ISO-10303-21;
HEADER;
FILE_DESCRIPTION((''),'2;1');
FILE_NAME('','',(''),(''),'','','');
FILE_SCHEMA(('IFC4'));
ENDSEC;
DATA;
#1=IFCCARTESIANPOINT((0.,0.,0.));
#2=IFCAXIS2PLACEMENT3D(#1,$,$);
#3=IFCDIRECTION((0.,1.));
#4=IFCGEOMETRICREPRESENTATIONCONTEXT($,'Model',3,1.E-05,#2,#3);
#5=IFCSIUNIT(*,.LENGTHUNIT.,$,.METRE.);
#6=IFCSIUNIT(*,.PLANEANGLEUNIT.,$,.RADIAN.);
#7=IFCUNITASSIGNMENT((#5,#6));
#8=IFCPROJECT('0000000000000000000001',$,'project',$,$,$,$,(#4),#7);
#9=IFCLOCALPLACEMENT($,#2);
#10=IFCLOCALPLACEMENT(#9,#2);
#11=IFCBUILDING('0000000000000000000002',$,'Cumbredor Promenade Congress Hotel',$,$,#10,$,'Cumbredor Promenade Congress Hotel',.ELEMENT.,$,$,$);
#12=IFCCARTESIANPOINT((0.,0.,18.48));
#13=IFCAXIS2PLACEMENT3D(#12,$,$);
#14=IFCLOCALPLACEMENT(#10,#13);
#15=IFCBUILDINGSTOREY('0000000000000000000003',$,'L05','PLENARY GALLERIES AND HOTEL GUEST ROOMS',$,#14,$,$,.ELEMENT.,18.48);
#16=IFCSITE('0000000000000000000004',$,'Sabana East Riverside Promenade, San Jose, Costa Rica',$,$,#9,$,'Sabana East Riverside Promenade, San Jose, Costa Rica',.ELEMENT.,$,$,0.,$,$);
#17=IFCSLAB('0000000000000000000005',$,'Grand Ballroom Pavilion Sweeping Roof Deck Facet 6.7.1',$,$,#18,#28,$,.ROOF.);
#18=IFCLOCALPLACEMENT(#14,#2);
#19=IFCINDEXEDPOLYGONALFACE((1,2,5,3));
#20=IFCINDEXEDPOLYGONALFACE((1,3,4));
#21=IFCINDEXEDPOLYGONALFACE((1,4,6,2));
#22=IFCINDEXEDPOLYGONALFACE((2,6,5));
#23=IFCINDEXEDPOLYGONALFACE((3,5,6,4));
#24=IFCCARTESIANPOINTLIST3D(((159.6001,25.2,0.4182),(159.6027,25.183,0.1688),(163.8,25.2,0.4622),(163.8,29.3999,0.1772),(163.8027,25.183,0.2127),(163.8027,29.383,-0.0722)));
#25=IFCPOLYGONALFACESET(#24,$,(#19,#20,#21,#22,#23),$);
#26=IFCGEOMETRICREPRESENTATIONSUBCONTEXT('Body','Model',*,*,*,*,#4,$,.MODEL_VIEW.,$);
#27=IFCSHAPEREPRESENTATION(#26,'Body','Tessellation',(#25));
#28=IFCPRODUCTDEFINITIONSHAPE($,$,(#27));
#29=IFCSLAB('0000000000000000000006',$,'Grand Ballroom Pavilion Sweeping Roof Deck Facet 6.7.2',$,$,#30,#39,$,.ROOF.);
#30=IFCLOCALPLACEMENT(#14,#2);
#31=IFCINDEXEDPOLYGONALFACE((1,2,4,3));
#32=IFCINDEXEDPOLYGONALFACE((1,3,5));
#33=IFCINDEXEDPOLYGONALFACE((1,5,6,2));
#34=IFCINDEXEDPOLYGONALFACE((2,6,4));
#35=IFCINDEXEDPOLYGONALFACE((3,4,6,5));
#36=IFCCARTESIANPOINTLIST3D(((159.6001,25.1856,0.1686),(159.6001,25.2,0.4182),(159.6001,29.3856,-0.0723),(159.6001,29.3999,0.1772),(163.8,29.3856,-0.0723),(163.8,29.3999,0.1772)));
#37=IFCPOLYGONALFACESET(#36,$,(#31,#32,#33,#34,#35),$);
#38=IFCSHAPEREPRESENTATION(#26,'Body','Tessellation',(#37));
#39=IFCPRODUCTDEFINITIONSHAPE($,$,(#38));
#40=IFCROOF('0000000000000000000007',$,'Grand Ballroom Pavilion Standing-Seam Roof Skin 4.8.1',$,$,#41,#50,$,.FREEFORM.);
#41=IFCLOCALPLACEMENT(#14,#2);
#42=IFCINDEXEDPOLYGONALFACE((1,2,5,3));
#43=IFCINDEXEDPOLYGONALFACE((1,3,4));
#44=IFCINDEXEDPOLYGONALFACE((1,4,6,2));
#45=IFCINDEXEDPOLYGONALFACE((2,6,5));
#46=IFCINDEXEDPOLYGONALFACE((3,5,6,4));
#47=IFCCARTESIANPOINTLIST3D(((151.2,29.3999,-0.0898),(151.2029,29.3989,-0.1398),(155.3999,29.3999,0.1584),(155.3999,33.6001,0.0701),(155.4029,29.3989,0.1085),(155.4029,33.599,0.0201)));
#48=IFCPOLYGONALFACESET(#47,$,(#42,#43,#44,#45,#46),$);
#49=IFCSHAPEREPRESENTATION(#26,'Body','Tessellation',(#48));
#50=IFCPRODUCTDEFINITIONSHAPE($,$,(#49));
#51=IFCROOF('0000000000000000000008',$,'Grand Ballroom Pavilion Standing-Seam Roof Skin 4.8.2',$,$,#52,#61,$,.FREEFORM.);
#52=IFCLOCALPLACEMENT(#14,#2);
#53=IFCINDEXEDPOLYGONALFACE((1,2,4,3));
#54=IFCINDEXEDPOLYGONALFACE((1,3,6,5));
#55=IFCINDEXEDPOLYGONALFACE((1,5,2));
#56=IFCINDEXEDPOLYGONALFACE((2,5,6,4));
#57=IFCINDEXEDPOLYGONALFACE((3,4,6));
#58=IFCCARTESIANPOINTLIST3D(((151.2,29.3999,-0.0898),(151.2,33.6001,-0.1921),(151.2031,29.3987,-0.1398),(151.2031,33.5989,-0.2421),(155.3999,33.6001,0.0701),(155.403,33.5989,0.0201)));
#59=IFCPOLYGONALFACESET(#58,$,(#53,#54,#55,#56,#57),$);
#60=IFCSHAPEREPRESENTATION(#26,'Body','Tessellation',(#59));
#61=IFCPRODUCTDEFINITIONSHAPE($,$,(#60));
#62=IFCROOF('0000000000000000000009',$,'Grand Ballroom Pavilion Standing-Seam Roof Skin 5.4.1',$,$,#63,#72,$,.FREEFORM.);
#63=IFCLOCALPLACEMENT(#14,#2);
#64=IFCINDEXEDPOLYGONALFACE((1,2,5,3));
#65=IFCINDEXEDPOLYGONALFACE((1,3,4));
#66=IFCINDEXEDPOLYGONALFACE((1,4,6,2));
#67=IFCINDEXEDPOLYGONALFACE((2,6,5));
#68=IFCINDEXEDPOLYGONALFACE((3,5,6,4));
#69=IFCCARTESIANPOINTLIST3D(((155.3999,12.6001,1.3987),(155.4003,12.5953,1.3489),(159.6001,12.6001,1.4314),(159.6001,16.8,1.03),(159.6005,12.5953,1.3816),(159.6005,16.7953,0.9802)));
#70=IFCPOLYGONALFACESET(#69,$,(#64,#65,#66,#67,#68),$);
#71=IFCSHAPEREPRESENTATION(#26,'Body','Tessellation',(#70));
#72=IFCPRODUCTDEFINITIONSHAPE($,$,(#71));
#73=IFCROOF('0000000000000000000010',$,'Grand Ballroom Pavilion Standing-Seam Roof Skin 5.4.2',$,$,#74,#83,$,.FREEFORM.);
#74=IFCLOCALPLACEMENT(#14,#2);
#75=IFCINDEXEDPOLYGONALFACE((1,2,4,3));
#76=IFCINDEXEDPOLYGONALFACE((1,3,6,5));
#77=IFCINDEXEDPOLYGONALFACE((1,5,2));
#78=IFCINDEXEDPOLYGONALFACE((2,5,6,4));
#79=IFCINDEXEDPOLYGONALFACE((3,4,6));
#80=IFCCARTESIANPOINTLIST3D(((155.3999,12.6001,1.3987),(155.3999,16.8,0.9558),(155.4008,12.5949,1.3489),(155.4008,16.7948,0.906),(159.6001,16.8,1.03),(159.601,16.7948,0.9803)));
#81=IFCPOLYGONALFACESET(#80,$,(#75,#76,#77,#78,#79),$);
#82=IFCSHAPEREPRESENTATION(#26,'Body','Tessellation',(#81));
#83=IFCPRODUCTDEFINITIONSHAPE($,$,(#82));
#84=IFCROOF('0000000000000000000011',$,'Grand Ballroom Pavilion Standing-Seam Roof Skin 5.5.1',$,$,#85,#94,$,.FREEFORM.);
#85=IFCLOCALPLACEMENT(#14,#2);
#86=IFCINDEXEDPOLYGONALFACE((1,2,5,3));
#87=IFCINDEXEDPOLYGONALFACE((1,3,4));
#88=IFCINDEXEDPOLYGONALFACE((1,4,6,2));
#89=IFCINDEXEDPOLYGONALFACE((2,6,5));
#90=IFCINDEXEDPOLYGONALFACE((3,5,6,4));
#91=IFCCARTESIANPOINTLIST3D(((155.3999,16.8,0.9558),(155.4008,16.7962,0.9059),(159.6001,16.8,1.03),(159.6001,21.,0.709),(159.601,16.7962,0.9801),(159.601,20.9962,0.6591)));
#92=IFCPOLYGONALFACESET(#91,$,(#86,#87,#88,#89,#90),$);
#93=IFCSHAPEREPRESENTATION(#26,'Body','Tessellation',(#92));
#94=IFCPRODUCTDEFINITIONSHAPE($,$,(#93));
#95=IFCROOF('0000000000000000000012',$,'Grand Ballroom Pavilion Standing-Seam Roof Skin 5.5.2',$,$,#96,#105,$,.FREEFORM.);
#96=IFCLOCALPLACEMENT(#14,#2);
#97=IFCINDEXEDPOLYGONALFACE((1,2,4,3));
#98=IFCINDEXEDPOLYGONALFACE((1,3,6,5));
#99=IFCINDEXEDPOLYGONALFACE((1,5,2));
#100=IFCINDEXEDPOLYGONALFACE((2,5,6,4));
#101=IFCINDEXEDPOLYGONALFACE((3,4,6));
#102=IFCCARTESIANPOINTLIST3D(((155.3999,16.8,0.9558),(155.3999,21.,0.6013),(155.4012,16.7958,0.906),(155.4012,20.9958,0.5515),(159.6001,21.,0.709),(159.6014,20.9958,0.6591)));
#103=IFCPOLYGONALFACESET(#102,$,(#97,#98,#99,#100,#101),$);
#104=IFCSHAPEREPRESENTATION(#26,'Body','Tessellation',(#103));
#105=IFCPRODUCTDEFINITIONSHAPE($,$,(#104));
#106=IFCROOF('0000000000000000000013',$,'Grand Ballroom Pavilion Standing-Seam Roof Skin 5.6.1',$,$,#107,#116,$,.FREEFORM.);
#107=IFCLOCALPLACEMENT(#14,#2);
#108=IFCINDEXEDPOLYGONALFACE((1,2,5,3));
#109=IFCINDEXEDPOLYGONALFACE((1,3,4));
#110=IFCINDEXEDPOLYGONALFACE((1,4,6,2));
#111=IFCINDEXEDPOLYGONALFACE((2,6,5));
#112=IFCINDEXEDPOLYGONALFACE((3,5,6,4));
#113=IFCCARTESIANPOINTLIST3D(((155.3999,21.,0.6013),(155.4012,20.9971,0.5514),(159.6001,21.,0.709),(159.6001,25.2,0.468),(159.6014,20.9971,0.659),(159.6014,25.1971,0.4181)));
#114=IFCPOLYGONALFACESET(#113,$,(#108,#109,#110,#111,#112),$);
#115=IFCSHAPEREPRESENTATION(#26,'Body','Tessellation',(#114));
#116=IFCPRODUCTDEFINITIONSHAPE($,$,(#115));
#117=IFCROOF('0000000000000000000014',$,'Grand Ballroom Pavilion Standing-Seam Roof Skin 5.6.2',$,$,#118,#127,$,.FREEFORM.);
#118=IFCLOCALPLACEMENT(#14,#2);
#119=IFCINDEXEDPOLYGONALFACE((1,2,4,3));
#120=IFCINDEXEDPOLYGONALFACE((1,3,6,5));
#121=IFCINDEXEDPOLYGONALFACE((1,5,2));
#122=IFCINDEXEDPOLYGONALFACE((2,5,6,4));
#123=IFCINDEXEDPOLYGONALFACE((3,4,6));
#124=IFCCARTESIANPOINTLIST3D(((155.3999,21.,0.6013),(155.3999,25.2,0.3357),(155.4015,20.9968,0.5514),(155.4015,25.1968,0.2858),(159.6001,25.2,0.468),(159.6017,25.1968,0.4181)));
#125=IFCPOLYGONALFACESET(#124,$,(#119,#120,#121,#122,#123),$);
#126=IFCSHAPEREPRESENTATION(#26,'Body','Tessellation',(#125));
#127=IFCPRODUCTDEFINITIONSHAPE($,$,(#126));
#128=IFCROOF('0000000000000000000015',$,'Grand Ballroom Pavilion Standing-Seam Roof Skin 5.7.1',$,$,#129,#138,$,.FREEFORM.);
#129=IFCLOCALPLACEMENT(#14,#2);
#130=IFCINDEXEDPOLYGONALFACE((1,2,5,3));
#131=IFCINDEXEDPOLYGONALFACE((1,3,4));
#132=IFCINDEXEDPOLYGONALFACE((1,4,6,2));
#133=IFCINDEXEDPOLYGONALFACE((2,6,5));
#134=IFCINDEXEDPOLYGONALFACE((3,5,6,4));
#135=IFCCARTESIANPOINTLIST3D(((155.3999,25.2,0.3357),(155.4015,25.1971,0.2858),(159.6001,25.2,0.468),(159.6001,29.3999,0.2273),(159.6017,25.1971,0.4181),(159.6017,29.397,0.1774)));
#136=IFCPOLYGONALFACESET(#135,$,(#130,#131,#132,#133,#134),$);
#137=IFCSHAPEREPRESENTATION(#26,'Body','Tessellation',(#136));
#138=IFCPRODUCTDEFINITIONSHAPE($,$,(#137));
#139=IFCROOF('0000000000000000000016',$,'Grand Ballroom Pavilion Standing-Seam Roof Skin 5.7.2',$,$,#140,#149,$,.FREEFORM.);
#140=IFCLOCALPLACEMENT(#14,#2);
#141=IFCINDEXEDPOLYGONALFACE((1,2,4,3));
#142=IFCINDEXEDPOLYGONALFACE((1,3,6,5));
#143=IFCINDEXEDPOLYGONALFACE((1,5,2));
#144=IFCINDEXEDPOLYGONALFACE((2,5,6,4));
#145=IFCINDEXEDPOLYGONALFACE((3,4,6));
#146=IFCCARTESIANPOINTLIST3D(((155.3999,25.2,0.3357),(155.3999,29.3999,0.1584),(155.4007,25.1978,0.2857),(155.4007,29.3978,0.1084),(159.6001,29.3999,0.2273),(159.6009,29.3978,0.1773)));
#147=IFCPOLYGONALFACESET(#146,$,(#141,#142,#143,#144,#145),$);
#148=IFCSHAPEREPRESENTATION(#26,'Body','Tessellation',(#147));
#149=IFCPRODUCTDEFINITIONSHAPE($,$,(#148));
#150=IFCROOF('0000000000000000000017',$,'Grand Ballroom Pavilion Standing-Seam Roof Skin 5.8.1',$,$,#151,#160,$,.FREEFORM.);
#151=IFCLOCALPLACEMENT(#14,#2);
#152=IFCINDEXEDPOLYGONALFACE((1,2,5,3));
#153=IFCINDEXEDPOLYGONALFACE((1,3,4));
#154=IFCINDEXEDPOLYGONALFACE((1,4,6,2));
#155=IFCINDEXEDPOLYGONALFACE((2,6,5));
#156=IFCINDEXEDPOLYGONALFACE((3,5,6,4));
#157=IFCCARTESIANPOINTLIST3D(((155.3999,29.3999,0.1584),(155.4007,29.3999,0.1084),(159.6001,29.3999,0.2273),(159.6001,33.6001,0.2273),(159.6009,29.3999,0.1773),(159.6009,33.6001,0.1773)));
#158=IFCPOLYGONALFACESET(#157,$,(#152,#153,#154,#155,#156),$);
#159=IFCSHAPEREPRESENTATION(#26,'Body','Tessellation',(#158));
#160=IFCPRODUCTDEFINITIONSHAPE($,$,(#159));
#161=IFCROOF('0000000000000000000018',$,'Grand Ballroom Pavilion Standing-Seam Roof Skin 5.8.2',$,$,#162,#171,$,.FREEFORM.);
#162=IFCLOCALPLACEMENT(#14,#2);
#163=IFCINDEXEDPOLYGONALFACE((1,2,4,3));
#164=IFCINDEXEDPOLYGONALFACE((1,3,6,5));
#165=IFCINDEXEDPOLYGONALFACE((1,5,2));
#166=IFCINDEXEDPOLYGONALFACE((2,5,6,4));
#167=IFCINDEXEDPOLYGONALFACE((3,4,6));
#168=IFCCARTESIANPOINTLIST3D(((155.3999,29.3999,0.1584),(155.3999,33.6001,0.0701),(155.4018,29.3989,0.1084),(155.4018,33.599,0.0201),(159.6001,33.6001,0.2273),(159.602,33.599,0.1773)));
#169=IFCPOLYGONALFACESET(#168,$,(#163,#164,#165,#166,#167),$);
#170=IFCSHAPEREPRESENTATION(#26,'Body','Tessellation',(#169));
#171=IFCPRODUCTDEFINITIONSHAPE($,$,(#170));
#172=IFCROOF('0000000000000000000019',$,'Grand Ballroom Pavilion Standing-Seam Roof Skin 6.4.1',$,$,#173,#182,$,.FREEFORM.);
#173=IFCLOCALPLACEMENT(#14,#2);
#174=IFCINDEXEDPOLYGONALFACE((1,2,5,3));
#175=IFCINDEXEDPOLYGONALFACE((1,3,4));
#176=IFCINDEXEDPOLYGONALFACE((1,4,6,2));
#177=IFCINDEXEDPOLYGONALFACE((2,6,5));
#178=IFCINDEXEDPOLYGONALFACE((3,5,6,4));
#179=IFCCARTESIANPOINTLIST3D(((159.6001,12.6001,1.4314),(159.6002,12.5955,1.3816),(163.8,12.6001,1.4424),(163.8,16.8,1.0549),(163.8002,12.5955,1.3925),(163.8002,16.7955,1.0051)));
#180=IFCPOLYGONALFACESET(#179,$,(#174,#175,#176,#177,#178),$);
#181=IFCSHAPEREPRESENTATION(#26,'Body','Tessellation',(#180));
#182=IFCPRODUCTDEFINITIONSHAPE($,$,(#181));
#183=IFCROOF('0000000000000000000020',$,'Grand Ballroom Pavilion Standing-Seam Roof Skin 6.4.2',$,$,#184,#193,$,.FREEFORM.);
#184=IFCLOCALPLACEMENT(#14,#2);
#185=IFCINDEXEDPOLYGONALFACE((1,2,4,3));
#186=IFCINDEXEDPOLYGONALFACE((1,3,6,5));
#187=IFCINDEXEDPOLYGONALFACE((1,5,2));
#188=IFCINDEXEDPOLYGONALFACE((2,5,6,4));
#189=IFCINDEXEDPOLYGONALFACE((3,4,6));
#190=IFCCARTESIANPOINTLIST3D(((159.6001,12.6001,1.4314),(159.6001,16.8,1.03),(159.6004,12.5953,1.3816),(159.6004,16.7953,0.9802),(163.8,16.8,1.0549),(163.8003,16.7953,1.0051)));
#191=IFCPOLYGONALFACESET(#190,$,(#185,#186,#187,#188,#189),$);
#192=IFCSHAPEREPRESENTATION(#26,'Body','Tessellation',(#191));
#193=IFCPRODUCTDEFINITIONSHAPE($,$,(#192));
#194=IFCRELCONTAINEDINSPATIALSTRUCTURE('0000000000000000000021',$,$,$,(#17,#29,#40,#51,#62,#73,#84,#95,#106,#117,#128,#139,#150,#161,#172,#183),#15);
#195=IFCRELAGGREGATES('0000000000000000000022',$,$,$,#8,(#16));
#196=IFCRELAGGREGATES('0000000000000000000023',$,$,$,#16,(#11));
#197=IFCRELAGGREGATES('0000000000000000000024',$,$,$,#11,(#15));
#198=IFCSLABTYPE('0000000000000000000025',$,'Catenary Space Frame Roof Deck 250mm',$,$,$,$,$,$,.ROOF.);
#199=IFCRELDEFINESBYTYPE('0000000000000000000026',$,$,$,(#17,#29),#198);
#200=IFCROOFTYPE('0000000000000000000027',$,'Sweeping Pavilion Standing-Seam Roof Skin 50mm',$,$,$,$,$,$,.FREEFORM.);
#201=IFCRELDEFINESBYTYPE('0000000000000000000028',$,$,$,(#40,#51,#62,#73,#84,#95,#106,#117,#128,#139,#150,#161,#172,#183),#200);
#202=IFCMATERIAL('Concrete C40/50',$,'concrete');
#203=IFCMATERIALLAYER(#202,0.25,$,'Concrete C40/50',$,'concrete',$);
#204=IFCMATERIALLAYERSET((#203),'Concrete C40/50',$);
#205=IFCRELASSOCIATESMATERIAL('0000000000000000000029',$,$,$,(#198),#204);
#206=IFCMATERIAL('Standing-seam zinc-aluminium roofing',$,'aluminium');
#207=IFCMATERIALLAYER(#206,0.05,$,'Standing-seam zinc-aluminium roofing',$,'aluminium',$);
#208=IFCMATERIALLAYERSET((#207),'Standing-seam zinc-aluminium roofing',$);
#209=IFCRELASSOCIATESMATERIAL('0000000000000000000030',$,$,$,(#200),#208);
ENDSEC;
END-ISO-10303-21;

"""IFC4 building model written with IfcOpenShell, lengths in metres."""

from ifc_helpers import new_model, si_unit, direction, frame, origin, place, context, subcontext, project, spatial, polyline, outline, extrude, material, layer, layer_set, type_object, element, save


model = new_model("IFC4")

# Units and contexts
model_context = context("Model", 3, precision=1e-05, world=origin(), true_north=direction((0.0, 1.0)))
body_context = subcontext(model_context, "Body", "Model", "MODEL_VIEW")
ifc_project = project(units=[si_unit("LENGTHUNIT", "METRE"), si_unit("PLANEANGLEUNIT", "RADIAN")], contexts=[model_context])

# Site, building, storey
site_placement = place(None, origin())
site = spatial("IfcSite", under=ifc_project, at=site_placement, Name="Sabana East Riverside Promenade, San Jose, Costa Rica", LongName="Sabana East Riverside Promenade, San Jose, Costa Rica", CompositionType="ELEMENT", RefElevation=0.0)
building_placement = place(site_placement, origin())
building = spatial("IfcBuilding", under=site, at=building_placement, Name="Cumbredor Promenade Congress Hotel", LongName="Cumbredor Promenade Congress Hotel", CompositionType="ELEMENT")
storey_placement = place(building_placement, frame((0.0, 0.0, 18.48)))
storey = spatial("IfcBuildingStorey", under=building, at=storey_placement, Name="L05", Description="PLENARY GALLERIES AND HOTEL GUEST ROOMS", CompositionType="ELEMENT", Elevation=18.48)

# Slabs
ifc_material_1 = material(Name="Concrete C40/50", Category="concrete")
ifc_layer_1 = layer(ifc_material_1, 0.25, Name="Concrete C40/50", Category="concrete")
ifc_layer_set_1 = layer_set([ifc_layer_1], Name="Concrete C40/50")
slab_type = type_object("IfcSlabType", Name="Catenary Space Frame Roof Deck 250mm", PredefinedType="ROOF", material=ifc_layer_set_1)
slab_1_placement = place(storey_placement, frame((159.6001, 25.2, 0.4182), z_axis=(-0.010439, 0.067678, 0.997653), x_axis=(0.999945, 0.0, 0.010463)))
element("IfcSlab", 1, at=slab_1_placement, inside=storey, type_object=slab_type, Name="Grand Ballroom Pavilion Sweeping Roof Deck Facet 6.7.1", PredefinedType="ROOF", context=body_context, shape_type="SweptSolid", body=[
    extrude(outline(polyline([(0.0, 0.0), (4.2002, 0.0), (4.1972, 4.2096), (0.0, 0.0)])), origin(), (0.0, 0.0, -1.0), 0.25),
])
slab_2_placement = place(storey_placement, frame((159.6001, 25.2, 0.4182), z_axis=(0.0, 0.05728, 0.998358), x_axis=(0.706526, 0.706526, -0.040536)))
element("IfcSlab", 2, at=slab_2_placement, inside=storey, type_object=slab_type, Name="Grand Ballroom Pavilion Sweeping Roof Deck Facet 6.7.2", PredefinedType="ROOF", context=body_context, shape_type="SweptSolid", body=[
    extrude(outline(polyline([(0.0, 0.0), (5.9445, 0.0), (2.9771, 2.9723), (0.0, 0.0)])), origin(), (0.0, 0.0, -1.0), 0.25),
])

# Roofs
ifc_material_2 = material(Name="Standing-seam zinc-aluminium roofing", Category="aluminium")
ifc_layer_2 = layer(ifc_material_2, 0.05, Name="Standing-seam zinc-aluminium roofing", Category="aluminium")
ifc_layer_set_2 = layer_set([ifc_layer_2], Name="Standing-seam zinc-aluminium roofing")
roof_type = type_object("IfcRoofType", Name="Sweeping Pavilion Standing-Seam Roof Skin 50mm", PredefinedType="FREEFORM", material=ifc_layer_set_2)
roof_1_placement = place(storey_placement, frame((151.2, 29.3999, -0.0898), z_axis=(-0.059002, 0.021, 0.998037), x_axis=(0.998257, 0.0, 0.059015)))
element("IfcRoof", 3, at=roof_1_placement, inside=storey, type_object=roof_type, Name="Grand Ballroom Pavilion Standing-Seam Roof Skin 4.8.1", PredefinedType="FREEFORM", context=body_context, shape_type="SweptSolid", body=[
    extrude(outline(polyline([(0.0, 0.0), (4.2073, 0.0), (4.2021, 4.2011), (0.0, 0.0)])), origin(), (0.0, 0.0, -1.0), 0.05),
])
roof_2_placement = place(storey_placement, frame((151.2, 29.3999, -0.0898), z_axis=(-0.062291, 0.0243, 0.997762), x_axis=(0.70683, 0.706871, 0.026912)))
element("IfcRoof", 4, at=roof_2_placement, inside=storey, type_object=roof_type, Name="Grand Ballroom Pavilion Standing-Seam Roof Skin 4.8.2", PredefinedType="FREEFORM", context=body_context, shape_type="SweptSolid", body=[
    extrude(outline(polyline([(0.0, 0.0), (5.942, 0.0), (2.9662, 2.9755), (0.0, 0.0)])), origin(), (0.0, 0.0, -1.0), 0.05),
])
roof_3_placement = place(storey_placement, frame((155.3999, 12.6001, 1.3987), z_axis=(-0.007753, 0.095128, 0.995435), x_axis=(0.99997, 0.0, 0.007789)))
element("IfcRoof", 5, at=roof_3_placement, inside=storey, type_object=roof_type, Name="Grand Ballroom Pavilion Standing-Seam Roof Skin 5.4.1", PredefinedType="FREEFORM", context=body_context, shape_type="SweptSolid", body=[
    extrude(outline(polyline([(0.0, 0.0), (4.2003, 0.0), (4.1972, 4.2191), (0.0, 0.0)])), origin(), (0.0, 0.0, -1.0), 0.05),
])
roof_4_placement = place(storey_placement, frame((155.3999, 12.6001, 1.3987), z_axis=(-0.01757, 0.104849, 0.994333), x_axis=(0.705769, 0.705728, -0.061946)))
element("IfcRoof", 6, at=roof_4_placement, inside=storey, type_object=roof_type, Name="Grand Ballroom Pavilion Standing-Seam Roof Skin 5.4.2", PredefinedType="FREEFORM", context=body_context, shape_type="SweptSolid", body=[
    extrude(outline(polyline([(0.0, 0.0), (5.9512, 0.0), (2.9915, 2.9811), (0.0, 0.0)])), origin(), (0.0, 0.0, -1.0), 0.05),
])
roof_5_placement = place(storey_placement, frame((155.3999, 16.8, 0.9558), z_axis=(-0.017616, 0.076206, 0.996936), x_axis=(0.999844, 0.0, 0.017668)))
element("IfcRoof", 7, at=roof_5_placement, inside=storey, type_object=roof_type, Name="Grand Ballroom Pavilion Standing-Seam Roof Skin 5.5.1", PredefinedType="FREEFORM", context=body_context, shape_type="SweptSolid", body=[
    extrude(outline(polyline([(0.0, 0.0), (4.2009, 0.0), (4.1952, 4.2122), (0.0, 0.0)])), origin(), (0.0, 0.0, -1.0), 0.05),
])
roof_6_placement = place(storey_placement, frame((155.3999, 16.8, 0.9558), z_axis=(-0.025534, 0.084077, 0.996132), x_axis=(0.706518, 0.706477, -0.041519)))
element("IfcRoof", 8, at=roof_6_placement, inside=storey, type_object=roof_type, Name="Grand Ballroom Pavilion Standing-Seam Roof Skin 5.5.2", PredefinedType="FREEFORM", context=body_context, shape_type="SweptSolid", body=[
    extrude(outline(polyline([(0.0, 0.0), (5.9449, 0.0), (2.9819, 2.9789), (0.0, 0.0)])), origin(), (0.0, 0.0, -1.0), 0.05),
])
roof_7_placement = place(storey_placement, frame((155.3999, 21.0, 0.6013), z_axis=(-0.025583, 0.057261, 0.998031), x_axis=(0.999672, 0.0, 0.025625)))
element("IfcRoof", 9, at=roof_7_placement, inside=storey, type_object=roof_type, Name="Grand Ballroom Pavilion Standing-Seam Roof Skin 5.6.1", PredefinedType="FREEFORM", context=body_context, shape_type="SweptSolid", body=[
    extrude(outline(polyline([(0.0, 0.0), (4.2016, 0.0), (4.1954, 4.2069), (0.0, 0.0)])), origin(), (0.0, 0.0, -1.0), 0.05),
])
roof_8_placement = place(storey_placement, frame((155.3999, 21.0, 0.6013), z_axis=(-0.031426, 0.063087, 0.997513), x_axis=(0.706949, 0.706908, -0.022436)))
element("IfcRoof", 10, at=roof_8_placement, inside=storey, type_object=roof_type, Name="Grand Ballroom Pavilion Standing-Seam Roof Skin 5.6.2", PredefinedType="FREEFORM", context=body_context, shape_type="SweptSolid", body=[
    extrude(outline(polyline([(0.0, 0.0), (5.9413, 0.0), (2.9749, 2.9766), (0.0, 0.0)])), origin(), (0.0, 0.0, -1.0), 0.05),
])
roof_9_placement = place(storey_placement, frame((155.3999, 25.2, 0.3357), z_axis=(-0.031437, 0.057193, 0.997868), x_axis=(0.999504, 0.0, 0.031489)))
element("IfcRoof", 11, at=roof_9_placement, inside=storey, type_object=roof_type, Name="Grand Ballroom Pavilion Standing-Seam Roof Skin 5.7.1", PredefinedType="FREEFORM", context=body_context, shape_type="SweptSolid", body=[
    extrude(outline(polyline([(0.0, 0.0), (4.2023, 0.0), (4.1947, 4.2068), (0.0, 0.0)])), origin(), (0.0, 0.0, -1.0), 0.05),
])
roof_10_placement = place(storey_placement, frame((155.3999, 25.2, 0.3357), z_axis=(-0.016375, 0.042159, 0.998977), x_axis=(0.70701, 0.706969, -0.018246)))
element("IfcRoof", 12, at=roof_10_placement, inside=storey, type_object=roof_type, Name="Grand Ballroom Pavilion Standing-Seam Roof Skin 5.7.2", PredefinedType="FREEFORM", context=body_context, shape_type="SweptSolid", body=[
    extrude(outline(polyline([(0.0, 0.0), (5.9408, 0.0), (2.9725, 2.9724), (0.0, 0.0)])), origin(), (0.0, 0.0, -1.0), 0.05),
])
roof_11_placement = place(storey_placement, frame((155.3999, 29.3999, 0.1584), z_axis=(-0.016389, 0.0, 0.999866), x_axis=(0.999866, 0.0, 0.016389)))
element("IfcRoof", 13, at=roof_11_placement, inside=storey, type_object=roof_type, Name="Grand Ballroom Pavilion Standing-Seam Roof Skin 5.8.1", PredefinedType="FREEFORM", context=body_context, shape_type="SweptSolid", body=[
    extrude(outline(polyline([(0.0, 0.0), (4.2008, 0.0), (4.2008, 4.2002), (0.0, 0.0)])), origin(), (0.0, 0.0, -1.0), 0.05),
])
roof_12_placement = place(storey_placement, frame((155.3999, 29.3999, 0.1584), z_axis=(-0.037399, 0.021022, 0.999079), x_axis=(0.707059, 0.707059, 0.01159)))
element("IfcRoof", 14, at=roof_12_placement, inside=storey, type_object=roof_type, Name="Grand Ballroom Pavilion Standing-Seam Roof Skin 5.8.2", PredefinedType="FREEFORM", context=body_context, shape_type="SweptSolid", body=[
    extrude(outline(polyline([(0.0, 0.0), (5.9404, 0.0), (2.9688, 2.9725), (0.0, 0.0)])), origin(), (0.0, 0.0, -1.0), 0.05),
])
roof_13_placement = place(storey_placement, frame((159.6001, 12.6001, 1.4314), z_axis=(-0.002605, 0.091861, 0.995768), x_axis=(0.999997, 0.0, 0.002616)))
element("IfcRoof", 15, at=roof_13_placement, inside=storey, type_object=roof_type, Name="Grand Ballroom Pavilion Standing-Seam Roof Skin 6.4.1", PredefinedType="FREEFORM", context=body_context, shape_type="SweptSolid", body=[
    extrude(outline(polyline([(0.0, 0.0), (4.2, 0.0), (4.199, 4.2178), (0.0, 0.0)])), origin(), (0.0, 0.0, -1.0), 0.05),
])
roof_14_placement = place(storey_placement, frame((159.6001, 12.6001, 1.4314), z_axis=(-0.005902, 0.09513, 0.995447), x_axis=(0.705691, 0.705691, -0.063255)))
element("IfcRoof", 16, at=roof_14_placement, inside=storey, type_object=roof_type, Name="Grand Ballroom Pavilion Standing-Seam Roof Skin 6.4.2", PredefinedType="FREEFORM", context=body_context, shape_type="SweptSolid", body=[
    extrude(outline(polyline([(0.0, 0.0), (5.9515, 0.0), (2.9893, 2.9774), (0.0, 0.0)])), origin(), (0.0, 0.0, -1.0), 0.05),
])

save(model, "model.ifc")
